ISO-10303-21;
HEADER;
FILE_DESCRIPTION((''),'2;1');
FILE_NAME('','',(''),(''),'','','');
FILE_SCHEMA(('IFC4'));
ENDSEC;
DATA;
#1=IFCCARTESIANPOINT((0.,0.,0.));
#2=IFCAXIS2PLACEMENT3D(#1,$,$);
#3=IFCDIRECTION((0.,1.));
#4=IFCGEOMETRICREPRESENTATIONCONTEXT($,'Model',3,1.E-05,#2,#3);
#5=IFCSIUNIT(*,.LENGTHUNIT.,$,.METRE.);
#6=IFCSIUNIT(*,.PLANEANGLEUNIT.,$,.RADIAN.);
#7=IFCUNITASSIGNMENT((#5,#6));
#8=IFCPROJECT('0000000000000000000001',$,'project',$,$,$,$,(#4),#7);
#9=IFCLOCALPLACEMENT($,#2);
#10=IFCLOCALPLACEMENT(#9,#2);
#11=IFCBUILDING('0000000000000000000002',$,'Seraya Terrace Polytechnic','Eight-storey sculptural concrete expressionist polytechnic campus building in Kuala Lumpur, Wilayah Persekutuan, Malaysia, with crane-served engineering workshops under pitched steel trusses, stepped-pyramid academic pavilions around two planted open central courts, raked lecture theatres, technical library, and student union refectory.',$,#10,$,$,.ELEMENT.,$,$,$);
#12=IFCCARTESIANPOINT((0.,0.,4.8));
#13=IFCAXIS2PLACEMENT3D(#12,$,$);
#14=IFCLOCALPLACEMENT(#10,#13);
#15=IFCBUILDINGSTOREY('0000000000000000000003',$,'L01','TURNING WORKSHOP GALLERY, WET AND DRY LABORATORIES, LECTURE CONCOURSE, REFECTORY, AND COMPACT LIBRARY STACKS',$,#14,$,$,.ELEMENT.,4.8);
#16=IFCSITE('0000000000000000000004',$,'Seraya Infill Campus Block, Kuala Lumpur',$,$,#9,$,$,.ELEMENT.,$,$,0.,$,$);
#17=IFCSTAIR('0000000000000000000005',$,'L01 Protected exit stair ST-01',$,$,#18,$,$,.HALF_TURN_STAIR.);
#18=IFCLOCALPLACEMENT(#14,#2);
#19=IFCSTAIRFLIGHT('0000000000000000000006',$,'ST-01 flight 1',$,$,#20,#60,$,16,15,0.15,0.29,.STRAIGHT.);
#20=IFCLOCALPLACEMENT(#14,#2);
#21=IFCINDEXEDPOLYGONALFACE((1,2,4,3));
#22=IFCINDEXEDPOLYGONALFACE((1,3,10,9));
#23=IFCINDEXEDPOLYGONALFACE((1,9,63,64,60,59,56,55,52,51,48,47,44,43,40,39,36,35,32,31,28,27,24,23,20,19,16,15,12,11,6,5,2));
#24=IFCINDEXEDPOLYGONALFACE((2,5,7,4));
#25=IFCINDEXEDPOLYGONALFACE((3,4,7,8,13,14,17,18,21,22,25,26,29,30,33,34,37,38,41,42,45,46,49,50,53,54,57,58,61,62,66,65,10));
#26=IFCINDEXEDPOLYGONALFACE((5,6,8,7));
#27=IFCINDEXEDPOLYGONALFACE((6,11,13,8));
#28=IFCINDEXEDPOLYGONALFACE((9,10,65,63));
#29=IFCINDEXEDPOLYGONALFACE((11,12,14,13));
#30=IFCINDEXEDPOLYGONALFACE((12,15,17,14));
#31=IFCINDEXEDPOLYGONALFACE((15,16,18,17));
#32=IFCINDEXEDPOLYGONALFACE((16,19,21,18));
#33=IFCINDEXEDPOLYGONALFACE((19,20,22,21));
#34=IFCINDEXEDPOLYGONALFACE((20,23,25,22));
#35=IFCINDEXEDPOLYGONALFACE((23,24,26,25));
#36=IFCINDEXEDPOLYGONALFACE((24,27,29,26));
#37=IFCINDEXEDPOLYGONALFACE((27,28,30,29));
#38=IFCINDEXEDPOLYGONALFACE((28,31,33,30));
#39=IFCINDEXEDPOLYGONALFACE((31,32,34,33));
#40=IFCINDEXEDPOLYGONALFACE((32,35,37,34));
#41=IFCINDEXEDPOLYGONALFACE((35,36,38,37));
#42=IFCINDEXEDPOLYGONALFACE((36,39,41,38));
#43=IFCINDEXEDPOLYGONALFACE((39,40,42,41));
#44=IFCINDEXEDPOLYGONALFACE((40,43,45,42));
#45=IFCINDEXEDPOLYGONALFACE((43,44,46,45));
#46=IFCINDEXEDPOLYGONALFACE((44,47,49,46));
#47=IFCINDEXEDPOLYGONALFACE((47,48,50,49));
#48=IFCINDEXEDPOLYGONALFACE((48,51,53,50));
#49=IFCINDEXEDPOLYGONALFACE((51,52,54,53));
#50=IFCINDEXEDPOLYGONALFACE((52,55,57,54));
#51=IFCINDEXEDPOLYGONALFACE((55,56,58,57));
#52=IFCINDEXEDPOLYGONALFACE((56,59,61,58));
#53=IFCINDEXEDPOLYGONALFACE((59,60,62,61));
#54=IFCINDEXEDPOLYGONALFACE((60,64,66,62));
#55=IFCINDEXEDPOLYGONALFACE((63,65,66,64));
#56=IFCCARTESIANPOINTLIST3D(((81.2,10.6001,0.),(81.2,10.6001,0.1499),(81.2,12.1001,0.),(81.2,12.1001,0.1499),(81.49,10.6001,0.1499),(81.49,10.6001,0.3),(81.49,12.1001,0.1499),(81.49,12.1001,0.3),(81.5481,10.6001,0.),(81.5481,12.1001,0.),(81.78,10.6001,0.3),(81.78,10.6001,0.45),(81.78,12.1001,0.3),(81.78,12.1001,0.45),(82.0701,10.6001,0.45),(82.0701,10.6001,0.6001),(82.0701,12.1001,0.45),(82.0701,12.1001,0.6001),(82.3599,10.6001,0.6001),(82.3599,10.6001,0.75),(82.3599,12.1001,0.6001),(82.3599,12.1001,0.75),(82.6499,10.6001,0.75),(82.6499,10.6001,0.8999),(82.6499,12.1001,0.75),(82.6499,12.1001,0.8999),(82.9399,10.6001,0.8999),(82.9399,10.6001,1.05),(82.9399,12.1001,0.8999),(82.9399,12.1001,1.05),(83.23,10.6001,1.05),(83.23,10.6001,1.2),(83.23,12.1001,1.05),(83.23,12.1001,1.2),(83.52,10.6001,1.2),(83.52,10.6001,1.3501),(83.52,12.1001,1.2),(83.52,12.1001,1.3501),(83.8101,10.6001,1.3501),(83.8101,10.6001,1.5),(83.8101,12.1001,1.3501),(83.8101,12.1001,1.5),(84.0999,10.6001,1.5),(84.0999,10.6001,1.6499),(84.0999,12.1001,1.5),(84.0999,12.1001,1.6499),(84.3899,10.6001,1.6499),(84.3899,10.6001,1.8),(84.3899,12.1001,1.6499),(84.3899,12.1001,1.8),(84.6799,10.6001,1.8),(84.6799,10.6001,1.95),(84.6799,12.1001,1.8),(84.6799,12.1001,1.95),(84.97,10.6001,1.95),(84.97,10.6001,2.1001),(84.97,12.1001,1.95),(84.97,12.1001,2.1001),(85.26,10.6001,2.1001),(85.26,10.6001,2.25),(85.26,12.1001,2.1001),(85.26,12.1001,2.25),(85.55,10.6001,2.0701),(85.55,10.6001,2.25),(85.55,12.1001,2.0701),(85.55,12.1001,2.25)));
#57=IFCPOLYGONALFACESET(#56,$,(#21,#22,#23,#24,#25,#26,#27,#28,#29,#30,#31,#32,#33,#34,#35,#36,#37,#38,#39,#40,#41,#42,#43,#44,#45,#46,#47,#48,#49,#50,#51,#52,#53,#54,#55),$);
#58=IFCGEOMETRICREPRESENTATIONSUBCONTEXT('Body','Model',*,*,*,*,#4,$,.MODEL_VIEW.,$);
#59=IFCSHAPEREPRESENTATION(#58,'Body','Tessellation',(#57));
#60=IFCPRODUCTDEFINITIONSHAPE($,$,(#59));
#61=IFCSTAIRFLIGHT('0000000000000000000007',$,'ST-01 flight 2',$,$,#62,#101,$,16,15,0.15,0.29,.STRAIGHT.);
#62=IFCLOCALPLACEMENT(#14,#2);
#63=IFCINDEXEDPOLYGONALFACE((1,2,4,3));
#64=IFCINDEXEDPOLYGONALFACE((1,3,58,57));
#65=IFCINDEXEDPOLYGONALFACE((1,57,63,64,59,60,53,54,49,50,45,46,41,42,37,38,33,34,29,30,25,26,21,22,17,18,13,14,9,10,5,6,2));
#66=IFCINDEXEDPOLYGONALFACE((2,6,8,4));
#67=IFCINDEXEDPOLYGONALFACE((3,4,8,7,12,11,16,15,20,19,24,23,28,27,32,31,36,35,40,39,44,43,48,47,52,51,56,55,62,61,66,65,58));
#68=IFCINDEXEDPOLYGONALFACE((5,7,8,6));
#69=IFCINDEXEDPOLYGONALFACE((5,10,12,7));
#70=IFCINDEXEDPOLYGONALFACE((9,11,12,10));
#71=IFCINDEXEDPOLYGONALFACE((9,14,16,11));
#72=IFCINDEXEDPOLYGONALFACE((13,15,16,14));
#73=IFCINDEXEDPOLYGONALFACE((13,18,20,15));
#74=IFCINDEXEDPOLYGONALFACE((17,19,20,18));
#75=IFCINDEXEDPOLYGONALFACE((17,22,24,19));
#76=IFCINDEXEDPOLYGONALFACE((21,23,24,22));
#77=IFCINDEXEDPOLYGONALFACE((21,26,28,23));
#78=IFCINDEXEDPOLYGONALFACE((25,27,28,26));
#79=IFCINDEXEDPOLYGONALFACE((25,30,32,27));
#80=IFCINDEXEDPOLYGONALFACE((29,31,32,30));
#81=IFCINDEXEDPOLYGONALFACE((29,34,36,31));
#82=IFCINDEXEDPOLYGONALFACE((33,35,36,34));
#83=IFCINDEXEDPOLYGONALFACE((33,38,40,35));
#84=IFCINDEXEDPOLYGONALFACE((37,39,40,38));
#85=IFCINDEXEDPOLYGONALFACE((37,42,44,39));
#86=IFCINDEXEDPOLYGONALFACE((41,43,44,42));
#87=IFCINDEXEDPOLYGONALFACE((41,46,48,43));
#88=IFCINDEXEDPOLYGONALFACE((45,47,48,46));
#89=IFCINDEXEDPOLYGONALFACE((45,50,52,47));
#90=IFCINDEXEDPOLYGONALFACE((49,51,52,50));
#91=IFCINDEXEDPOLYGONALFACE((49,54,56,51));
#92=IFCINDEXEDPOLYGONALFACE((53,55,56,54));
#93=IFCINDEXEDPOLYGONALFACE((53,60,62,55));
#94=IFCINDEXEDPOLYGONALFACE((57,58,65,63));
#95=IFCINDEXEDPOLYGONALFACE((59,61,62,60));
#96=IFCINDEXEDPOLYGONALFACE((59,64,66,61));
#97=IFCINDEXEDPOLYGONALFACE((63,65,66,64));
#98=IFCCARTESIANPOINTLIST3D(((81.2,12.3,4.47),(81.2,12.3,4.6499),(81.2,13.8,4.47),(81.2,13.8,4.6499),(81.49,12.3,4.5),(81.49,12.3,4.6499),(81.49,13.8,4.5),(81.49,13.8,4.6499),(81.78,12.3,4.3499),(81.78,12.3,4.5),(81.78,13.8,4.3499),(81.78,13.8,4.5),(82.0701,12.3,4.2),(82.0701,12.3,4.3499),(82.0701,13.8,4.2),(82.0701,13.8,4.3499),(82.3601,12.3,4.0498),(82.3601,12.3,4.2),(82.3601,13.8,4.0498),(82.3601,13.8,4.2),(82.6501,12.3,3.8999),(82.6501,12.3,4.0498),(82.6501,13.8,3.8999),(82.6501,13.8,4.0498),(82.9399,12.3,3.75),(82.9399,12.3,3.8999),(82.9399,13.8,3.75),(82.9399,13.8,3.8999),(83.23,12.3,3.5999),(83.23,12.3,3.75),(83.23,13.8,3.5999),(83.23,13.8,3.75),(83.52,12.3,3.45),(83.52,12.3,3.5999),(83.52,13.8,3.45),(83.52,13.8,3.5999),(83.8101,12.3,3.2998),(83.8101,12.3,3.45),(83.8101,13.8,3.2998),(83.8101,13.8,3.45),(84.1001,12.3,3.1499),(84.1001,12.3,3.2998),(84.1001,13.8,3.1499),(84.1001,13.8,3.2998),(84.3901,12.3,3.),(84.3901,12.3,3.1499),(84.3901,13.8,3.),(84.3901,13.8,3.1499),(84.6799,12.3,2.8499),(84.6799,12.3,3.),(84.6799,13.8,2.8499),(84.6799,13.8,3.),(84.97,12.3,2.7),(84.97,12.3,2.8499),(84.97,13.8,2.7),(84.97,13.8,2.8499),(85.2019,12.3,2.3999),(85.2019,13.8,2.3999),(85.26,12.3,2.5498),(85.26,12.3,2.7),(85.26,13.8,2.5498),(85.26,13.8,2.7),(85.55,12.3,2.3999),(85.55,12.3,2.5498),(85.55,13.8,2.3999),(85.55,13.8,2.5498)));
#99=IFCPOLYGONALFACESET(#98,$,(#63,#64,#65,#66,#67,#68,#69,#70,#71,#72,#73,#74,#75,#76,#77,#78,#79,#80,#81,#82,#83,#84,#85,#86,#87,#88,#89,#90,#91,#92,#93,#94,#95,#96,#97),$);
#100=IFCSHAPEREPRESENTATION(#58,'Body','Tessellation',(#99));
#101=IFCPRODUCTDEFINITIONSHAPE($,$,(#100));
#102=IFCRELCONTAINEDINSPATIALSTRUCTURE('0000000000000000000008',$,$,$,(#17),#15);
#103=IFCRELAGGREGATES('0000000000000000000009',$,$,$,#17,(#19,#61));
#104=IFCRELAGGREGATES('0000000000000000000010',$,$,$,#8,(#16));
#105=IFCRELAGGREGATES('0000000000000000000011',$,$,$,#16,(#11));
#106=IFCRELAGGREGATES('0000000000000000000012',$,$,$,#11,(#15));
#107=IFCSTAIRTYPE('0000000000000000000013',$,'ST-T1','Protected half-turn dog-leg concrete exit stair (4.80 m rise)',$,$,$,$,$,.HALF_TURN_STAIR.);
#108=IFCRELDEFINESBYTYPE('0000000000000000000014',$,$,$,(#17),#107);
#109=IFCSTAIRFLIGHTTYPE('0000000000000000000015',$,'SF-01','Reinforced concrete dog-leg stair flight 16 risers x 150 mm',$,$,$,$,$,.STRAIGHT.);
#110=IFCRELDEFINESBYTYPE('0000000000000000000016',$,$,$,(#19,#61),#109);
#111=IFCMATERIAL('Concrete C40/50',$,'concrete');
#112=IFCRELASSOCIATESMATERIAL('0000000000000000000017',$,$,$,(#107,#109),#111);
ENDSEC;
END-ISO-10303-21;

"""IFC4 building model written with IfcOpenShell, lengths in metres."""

from ifc_helpers import new_model, si_unit, direction, frame, origin, place, context, subcontext, project, spatial, polyline, outline, extrude, material, type_object, element, aggregate, save


model = new_model("IFC4")

# Units and contexts
model_context = context("Model", 3, precision=1e-05, world=origin(), true_north=direction((0.0, 1.0)))
body_context = subcontext(model_context, "Body", "Model", "MODEL_VIEW")
ifc_project = project(units=[si_unit("LENGTHUNIT", "METRE"), si_unit("PLANEANGLEUNIT", "RADIAN")], contexts=[model_context])

# Site, building, storey
site_placement = place(None, origin())
site = spatial("IfcSite", under=ifc_project, at=site_placement, Name="Seraya Infill Campus Block, Kuala Lumpur", CompositionType="ELEMENT", RefElevation=0.0)
building_placement = place(site_placement, origin())
building = spatial("IfcBuilding", under=site, at=building_placement, Name="Seraya Terrace Polytechnic", Description="Eight-storey sculptural concrete expressionist polytechnic campus building in Kuala Lumpur, Wilayah Persekutuan, Malaysia, with crane-served engineering workshops under pitched steel trusses, stepped-pyramid academic pavilions around two planted open central courts, raked lecture theatres, technical library, and student union refectory.", CompositionType="ELEMENT")
storey_placement = place(building_placement, frame((0.0, 0.0, 4.8)))
storey = spatial("IfcBuildingStorey", under=building, at=storey_placement, Name="L01", Description="TURNING WORKSHOP GALLERY, WET AND DRY LABORATORIES, LECTURE CONCOURSE, REFECTORY, AND COMPACT LIBRARY STACKS", CompositionType="ELEMENT", Elevation=4.8)

# Shared definitions
ifc_material_1 = material(Name="Concrete C40/50", Category="concrete")

# Stair, stair flights
stair_type = type_object("IfcStairType", Name="ST-T1", Description="Protected half-turn dog-leg concrete exit stair (4.80 m rise)", PredefinedType="HALF_TURN_STAIR", material=ifc_material_1)
stair_placement = place(storey_placement, origin())
stair = element("IfcStair", 1, at=stair_placement, inside=storey, type_object=stair_type, Name="L01 Protected exit stair ST-01", PredefinedType="HALF_TURN_STAIR")
stair_flight_type = type_object("IfcStairFlightType", Name="SF-01", Description="Reinforced concrete dog-leg stair flight 16 risers x 150 mm", PredefinedType="STRAIGHT", material=ifc_material_1)
stair_flight_1_placement = place(storey_placement, frame((81.2, 11.3501, 0.0), z_axis=(0.0, 0.0, 1.0), x_axis=(1.0, 0.0, 0.0)))
stair_flight_1 = element("IfcStairFlight", 2, at=stair_flight_1_placement, type_object=stair_flight_type, Name="ST-01 flight 1", NumberOfRisers=16, NumberOfTreads=15, PredefinedType="STRAIGHT", RiserHeight=0.15, TreadLength=0.29, context=body_context, shape_type="SweptSolid", body=[
    extrude(outline(polyline([(0.0, 0.0), (0.0, 0.1499), (0.29, 0.1499), (0.29, 0.3), (0.5801, 0.3), (0.5801, 0.45), (0.8701, 0.45), (0.8701, 0.6001), (1.1599, 0.6001), (1.1599, 0.75), (1.45, 0.75), (1.45, 0.8999), (1.74, 0.8999), (1.74, 1.05), (2.03, 1.05), (2.03, 1.2), (2.3201, 1.2), (2.3201, 1.3501), (2.6101, 1.3501), (2.6101, 1.5), (2.8999, 1.5), (2.8999, 1.6499), (3.1899, 1.6499), (3.1899, 1.8), (3.48, 1.8), (3.48, 1.95), (3.77, 1.95), (3.77, 2.1001), (4.0601, 2.1001), (4.0601, 2.25), (4.3501, 2.25), (4.3501, 2.3999), (4.3501, 2.0701), (0.3481, 0.0), (0.0, 0.0)])), frame((0.0, 0.75, 0.0), z_axis=(0.0, -1.0, 0.0), x_axis=(1.0, 0.0, 0.0)), (0.0, 0.0, 1.0), 1.5),
])
stair_flight_2_placement = place(storey_placement, frame((85.55, 13.05, 2.3999), z_axis=(0.0, 0.0, 1.0), x_axis=(-1.0, 0.0, 0.0)))
stair_flight_2 = element("IfcStairFlight", 3, at=stair_flight_2_placement, type_object=stair_flight_type, Name="ST-01 flight 2", NumberOfRisers=16, NumberOfTreads=15, PredefinedType="STRAIGHT", RiserHeight=0.15, TreadLength=0.29, context=body_context, shape_type="SweptSolid", body=[
    extrude(outline(polyline([(0.0, 0.0), (0.0, 0.1499), (0.29, 0.1499), (0.29, 0.3), (0.5801, 0.3), (0.5801, 0.45), (0.8701, 0.45), (0.8701, 0.6001), (1.1599, 0.6001), (1.1599, 0.75), (1.45, 0.75), (1.45, 0.8999), (1.74, 0.8999), (1.74, 1.05), (2.03, 1.05), (2.03, 1.2), (2.3201, 1.2), (2.3201, 1.3501), (2.6101, 1.3501), (2.6101, 1.5), (2.8999, 1.5), (2.8999, 1.6499), (3.1899, 1.6499), (3.1899, 1.8), (3.48, 1.8), (3.48, 1.95), (3.77, 1.95), (3.77, 2.1001), (4.0601, 2.1001), (4.0601, 2.25), (4.3501, 2.25), (4.3501, 2.3999), (4.3501, 2.0701), (0.3481, 0.0), (0.0, 0.0)])), frame((0.0, 0.75, 0.0), z_axis=(0.0, -1.0, 0.0), x_axis=(1.0, 0.0, 0.0)), (0.0, 0.0, 1.0), 1.5),
])
aggregate(stair, [stair_flight_1, stair_flight_2])

save(model, "model.ifc")
